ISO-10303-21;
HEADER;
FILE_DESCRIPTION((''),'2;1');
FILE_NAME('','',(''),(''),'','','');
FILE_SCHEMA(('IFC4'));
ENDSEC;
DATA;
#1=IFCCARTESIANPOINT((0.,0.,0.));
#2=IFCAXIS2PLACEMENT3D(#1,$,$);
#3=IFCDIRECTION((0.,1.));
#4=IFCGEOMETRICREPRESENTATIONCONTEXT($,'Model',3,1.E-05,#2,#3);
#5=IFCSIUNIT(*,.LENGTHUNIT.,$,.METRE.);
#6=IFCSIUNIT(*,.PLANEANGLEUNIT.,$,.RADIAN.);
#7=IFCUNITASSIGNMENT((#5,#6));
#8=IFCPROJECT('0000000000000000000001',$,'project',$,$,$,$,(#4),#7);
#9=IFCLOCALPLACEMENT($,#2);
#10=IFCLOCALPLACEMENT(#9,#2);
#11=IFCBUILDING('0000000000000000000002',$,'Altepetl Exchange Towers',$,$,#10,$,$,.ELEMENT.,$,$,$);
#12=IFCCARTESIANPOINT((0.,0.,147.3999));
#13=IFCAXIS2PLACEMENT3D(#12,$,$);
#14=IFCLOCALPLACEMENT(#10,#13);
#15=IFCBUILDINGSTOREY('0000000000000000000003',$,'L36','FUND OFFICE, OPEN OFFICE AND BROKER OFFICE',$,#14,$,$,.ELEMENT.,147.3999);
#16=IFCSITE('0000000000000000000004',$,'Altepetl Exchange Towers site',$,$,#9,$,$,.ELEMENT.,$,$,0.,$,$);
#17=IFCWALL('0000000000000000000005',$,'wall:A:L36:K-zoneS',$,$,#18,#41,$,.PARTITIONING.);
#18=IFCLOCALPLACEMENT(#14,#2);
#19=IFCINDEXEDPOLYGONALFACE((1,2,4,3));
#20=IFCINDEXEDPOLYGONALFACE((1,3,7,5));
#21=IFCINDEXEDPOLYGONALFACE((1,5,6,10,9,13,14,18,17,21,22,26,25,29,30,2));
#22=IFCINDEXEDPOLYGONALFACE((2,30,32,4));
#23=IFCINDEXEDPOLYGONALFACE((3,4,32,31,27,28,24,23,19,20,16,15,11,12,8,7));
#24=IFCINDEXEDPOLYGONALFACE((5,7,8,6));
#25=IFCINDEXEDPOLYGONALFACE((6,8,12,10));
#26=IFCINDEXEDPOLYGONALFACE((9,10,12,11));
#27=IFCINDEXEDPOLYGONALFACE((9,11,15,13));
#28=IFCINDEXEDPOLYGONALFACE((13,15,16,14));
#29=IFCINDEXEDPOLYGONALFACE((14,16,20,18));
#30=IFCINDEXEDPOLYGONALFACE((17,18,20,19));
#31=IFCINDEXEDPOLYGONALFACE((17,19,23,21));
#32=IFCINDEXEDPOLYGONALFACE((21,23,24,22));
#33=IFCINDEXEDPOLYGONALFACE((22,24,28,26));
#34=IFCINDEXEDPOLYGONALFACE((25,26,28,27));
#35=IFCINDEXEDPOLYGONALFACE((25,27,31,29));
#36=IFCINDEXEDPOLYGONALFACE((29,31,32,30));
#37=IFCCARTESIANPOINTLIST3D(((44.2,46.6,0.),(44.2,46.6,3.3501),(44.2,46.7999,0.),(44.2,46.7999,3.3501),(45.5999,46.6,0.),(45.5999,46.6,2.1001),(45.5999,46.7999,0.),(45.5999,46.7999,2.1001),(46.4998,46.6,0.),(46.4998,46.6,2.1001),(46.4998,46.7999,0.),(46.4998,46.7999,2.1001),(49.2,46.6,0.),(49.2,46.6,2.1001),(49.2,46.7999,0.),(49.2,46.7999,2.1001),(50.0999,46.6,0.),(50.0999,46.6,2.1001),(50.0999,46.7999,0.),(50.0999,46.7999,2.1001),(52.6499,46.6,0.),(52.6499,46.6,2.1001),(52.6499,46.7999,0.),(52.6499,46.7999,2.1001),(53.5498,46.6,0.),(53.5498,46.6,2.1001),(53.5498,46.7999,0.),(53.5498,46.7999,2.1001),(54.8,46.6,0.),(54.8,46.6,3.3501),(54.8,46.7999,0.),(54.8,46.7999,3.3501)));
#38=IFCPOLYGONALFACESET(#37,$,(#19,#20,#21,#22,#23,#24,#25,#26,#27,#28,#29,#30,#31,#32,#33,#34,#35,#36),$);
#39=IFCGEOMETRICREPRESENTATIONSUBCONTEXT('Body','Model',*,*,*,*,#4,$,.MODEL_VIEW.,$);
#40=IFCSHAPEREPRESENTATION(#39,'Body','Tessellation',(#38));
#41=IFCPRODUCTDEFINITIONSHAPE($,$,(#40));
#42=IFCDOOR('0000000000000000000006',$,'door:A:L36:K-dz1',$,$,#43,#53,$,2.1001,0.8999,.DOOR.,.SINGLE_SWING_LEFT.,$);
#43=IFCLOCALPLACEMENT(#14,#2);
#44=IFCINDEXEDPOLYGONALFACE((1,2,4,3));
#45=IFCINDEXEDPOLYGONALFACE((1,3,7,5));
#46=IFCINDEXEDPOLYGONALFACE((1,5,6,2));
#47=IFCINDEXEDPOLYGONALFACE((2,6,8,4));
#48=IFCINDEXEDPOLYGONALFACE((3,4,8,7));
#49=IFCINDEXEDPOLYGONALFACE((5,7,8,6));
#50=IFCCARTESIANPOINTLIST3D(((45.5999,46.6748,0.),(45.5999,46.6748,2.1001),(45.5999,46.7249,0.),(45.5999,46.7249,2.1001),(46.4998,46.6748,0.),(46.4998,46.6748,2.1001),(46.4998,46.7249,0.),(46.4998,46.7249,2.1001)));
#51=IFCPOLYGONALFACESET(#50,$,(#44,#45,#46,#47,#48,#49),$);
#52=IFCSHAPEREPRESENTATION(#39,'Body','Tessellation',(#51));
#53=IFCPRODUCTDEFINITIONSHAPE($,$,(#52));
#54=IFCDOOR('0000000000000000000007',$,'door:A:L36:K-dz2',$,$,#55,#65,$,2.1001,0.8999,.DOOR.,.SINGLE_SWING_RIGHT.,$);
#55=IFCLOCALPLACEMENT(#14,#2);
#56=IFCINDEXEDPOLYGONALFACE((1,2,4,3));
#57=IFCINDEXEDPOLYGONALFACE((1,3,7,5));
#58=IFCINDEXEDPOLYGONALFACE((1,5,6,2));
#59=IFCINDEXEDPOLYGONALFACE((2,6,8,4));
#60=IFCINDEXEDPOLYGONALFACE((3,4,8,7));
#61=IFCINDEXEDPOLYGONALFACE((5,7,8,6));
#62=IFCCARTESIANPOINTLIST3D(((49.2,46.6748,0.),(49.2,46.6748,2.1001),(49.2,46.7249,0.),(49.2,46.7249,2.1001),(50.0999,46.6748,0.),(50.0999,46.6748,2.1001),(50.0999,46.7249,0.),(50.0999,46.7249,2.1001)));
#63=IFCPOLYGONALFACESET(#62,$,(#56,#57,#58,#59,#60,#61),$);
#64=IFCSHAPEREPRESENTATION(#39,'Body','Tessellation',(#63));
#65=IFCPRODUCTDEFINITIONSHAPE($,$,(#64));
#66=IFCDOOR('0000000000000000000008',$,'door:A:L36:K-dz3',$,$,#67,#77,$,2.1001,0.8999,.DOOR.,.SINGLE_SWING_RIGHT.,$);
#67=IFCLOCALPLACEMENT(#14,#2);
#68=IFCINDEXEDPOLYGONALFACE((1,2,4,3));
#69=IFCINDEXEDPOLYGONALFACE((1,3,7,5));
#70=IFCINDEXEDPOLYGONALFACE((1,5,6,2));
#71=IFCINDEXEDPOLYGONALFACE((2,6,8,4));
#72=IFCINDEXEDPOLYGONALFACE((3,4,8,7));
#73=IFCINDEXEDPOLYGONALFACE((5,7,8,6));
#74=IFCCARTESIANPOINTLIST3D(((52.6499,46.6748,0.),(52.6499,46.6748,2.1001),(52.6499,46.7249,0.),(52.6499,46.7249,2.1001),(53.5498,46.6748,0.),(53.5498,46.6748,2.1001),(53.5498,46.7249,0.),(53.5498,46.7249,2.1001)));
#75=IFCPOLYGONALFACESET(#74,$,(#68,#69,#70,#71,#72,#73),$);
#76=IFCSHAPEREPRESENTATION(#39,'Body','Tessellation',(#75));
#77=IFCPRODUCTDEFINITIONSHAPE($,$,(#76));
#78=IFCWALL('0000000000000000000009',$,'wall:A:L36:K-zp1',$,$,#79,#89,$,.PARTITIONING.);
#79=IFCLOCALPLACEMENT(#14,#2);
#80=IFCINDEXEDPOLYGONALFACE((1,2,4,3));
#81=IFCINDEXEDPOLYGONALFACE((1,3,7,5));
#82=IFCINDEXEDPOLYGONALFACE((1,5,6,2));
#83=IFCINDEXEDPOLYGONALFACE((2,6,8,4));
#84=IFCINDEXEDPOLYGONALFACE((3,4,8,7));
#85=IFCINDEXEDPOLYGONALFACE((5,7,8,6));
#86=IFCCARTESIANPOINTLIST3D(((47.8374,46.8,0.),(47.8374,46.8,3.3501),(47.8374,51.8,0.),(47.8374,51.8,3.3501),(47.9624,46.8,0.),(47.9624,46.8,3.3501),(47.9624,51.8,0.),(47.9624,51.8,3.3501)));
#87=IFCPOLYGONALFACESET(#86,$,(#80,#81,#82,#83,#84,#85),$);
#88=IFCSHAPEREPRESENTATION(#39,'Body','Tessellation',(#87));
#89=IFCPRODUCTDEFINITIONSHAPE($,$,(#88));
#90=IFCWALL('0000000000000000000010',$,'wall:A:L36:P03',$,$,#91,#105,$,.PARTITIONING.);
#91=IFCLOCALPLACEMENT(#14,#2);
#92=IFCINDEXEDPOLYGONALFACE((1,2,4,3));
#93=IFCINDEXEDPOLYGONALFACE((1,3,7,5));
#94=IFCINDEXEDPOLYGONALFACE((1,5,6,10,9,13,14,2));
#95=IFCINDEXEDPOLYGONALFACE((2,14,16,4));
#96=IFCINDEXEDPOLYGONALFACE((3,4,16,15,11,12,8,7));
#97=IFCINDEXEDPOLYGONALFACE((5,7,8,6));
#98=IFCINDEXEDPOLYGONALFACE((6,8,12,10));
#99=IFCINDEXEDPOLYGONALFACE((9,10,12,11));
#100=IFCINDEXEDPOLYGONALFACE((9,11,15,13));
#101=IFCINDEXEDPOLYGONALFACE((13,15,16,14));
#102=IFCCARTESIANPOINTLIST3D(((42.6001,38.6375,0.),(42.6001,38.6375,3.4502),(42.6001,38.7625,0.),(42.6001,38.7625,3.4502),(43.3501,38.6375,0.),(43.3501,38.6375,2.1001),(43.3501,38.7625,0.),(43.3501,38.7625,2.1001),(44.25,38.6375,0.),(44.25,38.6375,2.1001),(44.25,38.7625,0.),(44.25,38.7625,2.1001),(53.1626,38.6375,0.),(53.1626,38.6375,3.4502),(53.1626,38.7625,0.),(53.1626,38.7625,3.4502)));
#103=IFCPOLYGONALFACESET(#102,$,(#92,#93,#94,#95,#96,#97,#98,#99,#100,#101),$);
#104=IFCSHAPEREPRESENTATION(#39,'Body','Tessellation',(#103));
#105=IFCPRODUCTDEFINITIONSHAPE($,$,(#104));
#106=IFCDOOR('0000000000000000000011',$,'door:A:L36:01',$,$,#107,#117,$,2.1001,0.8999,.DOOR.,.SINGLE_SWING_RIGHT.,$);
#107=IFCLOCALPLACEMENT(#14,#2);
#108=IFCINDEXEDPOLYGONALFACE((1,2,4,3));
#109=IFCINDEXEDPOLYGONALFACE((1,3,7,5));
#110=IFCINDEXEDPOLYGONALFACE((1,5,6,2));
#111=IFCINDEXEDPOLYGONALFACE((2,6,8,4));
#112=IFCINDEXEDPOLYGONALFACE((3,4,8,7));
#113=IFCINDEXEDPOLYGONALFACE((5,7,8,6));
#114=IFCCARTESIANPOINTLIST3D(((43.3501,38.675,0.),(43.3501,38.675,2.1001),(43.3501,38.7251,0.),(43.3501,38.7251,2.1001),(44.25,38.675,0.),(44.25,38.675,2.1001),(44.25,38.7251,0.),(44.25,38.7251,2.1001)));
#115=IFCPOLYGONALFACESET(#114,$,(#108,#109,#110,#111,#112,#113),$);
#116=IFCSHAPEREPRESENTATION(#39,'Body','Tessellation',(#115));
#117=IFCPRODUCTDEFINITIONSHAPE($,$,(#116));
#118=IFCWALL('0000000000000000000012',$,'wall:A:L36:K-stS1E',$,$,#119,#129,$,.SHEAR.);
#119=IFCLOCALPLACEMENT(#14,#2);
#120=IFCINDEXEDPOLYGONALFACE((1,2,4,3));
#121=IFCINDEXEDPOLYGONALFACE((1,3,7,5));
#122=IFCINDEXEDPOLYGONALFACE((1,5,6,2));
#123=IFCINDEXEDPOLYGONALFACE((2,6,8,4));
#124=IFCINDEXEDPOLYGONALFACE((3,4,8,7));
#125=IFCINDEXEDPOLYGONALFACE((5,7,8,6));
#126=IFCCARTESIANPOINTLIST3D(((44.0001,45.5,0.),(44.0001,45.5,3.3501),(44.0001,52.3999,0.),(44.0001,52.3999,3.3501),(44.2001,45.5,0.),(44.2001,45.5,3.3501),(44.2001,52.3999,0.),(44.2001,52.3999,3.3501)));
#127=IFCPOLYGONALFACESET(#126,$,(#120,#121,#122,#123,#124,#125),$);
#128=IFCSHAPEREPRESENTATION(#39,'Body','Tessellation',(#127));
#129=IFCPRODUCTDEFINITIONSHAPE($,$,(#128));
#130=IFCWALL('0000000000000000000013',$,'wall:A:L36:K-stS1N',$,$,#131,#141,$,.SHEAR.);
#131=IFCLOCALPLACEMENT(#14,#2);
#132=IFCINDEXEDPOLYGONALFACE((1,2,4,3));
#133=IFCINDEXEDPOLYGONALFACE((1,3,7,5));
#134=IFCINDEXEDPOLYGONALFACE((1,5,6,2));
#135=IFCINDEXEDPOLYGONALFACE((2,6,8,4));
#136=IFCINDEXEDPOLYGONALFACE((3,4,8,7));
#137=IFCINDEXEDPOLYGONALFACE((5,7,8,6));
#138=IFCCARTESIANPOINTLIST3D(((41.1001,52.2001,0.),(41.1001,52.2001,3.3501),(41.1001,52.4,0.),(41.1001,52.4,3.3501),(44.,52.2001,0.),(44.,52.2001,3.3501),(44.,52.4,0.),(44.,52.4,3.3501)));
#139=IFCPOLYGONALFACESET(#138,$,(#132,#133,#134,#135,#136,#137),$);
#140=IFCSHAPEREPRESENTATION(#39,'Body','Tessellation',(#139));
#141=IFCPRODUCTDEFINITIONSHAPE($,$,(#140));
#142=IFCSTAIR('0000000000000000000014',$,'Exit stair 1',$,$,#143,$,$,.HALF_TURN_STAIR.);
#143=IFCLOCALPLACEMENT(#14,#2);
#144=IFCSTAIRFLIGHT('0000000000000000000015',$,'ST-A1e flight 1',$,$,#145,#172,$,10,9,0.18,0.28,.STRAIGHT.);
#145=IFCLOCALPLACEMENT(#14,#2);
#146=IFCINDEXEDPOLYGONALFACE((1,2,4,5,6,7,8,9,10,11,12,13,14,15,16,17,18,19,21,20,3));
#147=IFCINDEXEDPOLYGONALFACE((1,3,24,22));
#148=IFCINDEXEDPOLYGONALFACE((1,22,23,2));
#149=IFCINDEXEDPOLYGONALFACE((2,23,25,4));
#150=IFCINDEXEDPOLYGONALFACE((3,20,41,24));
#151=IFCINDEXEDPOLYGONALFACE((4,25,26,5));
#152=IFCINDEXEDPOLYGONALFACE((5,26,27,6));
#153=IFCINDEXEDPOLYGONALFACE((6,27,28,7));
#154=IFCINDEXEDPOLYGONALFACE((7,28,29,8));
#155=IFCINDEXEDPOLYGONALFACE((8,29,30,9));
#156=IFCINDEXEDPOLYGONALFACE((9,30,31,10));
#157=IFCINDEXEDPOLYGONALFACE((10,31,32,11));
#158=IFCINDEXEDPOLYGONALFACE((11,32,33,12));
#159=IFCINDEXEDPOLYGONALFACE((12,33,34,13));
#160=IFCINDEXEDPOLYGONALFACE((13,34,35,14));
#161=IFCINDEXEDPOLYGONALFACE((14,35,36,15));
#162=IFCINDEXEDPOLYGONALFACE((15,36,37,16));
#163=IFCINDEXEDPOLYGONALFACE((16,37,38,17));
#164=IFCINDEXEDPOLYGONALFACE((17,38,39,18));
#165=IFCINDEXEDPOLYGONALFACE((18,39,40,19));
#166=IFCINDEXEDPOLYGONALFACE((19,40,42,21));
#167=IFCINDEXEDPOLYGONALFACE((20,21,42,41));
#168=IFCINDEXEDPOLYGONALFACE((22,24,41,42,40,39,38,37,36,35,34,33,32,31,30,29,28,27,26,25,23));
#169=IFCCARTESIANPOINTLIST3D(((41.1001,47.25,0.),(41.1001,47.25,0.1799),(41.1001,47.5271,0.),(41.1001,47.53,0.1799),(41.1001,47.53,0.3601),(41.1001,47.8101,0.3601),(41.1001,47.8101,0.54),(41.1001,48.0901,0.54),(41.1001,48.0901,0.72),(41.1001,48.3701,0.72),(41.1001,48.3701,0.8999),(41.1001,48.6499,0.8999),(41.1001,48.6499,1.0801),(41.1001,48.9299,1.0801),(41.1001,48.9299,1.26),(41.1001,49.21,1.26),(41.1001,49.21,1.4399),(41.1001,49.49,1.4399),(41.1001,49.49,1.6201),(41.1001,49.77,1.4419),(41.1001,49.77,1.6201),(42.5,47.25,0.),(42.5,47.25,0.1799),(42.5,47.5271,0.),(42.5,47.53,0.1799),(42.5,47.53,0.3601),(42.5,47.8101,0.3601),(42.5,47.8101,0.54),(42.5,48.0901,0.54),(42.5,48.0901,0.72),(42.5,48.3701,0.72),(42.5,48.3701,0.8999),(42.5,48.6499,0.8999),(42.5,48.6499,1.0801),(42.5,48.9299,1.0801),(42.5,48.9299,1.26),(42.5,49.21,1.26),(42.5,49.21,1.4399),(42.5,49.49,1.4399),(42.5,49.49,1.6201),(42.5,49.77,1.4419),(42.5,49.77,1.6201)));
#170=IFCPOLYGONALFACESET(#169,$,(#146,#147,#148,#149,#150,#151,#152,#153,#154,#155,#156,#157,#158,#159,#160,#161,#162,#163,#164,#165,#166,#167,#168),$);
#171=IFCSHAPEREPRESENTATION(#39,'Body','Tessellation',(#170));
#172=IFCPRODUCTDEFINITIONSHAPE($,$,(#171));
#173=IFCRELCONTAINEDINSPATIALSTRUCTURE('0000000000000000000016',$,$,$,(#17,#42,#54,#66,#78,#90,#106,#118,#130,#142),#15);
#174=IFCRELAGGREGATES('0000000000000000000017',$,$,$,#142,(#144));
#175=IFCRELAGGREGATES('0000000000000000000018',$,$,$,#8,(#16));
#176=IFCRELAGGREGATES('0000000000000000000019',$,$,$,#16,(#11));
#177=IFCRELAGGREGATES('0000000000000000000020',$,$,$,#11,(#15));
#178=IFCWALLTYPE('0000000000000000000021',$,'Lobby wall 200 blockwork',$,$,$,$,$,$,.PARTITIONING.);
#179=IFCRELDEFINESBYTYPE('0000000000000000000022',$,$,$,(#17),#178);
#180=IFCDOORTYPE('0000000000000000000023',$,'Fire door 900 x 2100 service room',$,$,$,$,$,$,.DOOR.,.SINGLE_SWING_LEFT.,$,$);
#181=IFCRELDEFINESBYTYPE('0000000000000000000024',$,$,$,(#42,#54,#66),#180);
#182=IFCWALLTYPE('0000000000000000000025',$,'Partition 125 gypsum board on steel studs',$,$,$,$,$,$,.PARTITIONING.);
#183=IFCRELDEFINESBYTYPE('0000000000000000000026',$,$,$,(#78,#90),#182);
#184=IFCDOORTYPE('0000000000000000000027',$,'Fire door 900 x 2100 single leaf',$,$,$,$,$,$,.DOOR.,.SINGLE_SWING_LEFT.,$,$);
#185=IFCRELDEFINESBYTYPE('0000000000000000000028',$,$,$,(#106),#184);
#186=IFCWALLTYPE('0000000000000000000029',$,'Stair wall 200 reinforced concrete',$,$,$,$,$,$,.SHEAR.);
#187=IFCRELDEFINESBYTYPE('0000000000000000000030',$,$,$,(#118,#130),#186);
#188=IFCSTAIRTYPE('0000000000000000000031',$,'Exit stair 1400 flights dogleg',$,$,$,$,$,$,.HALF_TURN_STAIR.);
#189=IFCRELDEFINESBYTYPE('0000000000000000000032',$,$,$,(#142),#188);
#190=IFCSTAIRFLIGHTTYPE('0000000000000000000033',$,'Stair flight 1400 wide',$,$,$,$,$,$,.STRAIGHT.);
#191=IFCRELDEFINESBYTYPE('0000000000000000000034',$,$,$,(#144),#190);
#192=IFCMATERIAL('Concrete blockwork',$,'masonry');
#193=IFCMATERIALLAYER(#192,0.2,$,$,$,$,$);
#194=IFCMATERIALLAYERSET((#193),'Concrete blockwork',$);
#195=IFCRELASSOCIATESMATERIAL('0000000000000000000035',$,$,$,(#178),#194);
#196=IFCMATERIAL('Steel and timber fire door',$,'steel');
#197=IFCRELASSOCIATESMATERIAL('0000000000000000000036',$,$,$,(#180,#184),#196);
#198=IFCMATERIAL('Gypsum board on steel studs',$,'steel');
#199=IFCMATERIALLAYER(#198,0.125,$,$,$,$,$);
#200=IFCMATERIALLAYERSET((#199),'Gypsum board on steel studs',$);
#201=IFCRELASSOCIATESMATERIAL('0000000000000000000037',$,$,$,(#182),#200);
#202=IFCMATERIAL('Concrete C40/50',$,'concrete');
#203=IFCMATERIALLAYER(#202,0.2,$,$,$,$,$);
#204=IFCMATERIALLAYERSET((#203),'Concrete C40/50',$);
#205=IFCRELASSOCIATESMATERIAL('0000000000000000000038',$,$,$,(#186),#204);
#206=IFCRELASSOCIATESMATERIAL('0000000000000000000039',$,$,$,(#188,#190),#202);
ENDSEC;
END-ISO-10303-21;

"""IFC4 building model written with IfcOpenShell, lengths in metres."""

from ifc_helpers import new_model, si_unit, direction, frame, frame_2d, origin, place, context, subcontext, project, spatial, polyline, rectangle, outline, extrude, material, layer, layer_set, type_object, element, fill, aggregate, save


model = new_model("IFC4")

# Units and contexts
model_context = context("Model", 3, precision=1e-05, world=origin(), true_north=direction((0.0, 1.0)))
body_context = subcontext(model_context, "Body", "Model", "MODEL_VIEW")
ifc_project = project(units=[si_unit("LENGTHUNIT", "METRE"), si_unit("PLANEANGLEUNIT", "RADIAN")], contexts=[model_context])

# Site, building, storey
site_placement = place(None, origin())
site = spatial("IfcSite", under=ifc_project, at=site_placement, Name="Altepetl Exchange Towers site", CompositionType="ELEMENT", RefElevation=0.0)
building_placement = place(site_placement, origin())
building = spatial("IfcBuilding", under=site, at=building_placement, Name="Altepetl Exchange Towers", CompositionType="ELEMENT")
storey_placement = place(building_placement, frame((0.0, 0.0, 147.3999)))
storey = spatial("IfcBuildingStorey", under=building, at=storey_placement, Name="L36", Description="FUND OFFICE, OPEN OFFICE AND BROKER OFFICE", CompositionType="ELEMENT", Elevation=147.3999)

# Shared definitions
ifc_material_1 = material(Name="Concrete blockwork", Category="masonry")
ifc_layer_1 = layer(ifc_material_1, 0.2)
ifc_layer_set_1 = layer_set([ifc_layer_1], Name="Concrete blockwork")
wall_type_1 = type_object("IfcWallType", Name="Lobby wall 200 blockwork", PredefinedType="PARTITIONING", material=ifc_layer_set_1)

# Shared definitions
ifc_material_2 = material(Name="Steel and timber fire door", Category="steel")
door_type_1 = type_object("IfcDoorType", Name="Fire door 900 x 2100 service room", OperationType="SINGLE_SWING_LEFT", PredefinedType="DOOR", material=ifc_material_2)

# Wall, openings, doors
wall_1_placement = place(storey_placement, frame((44.2, 46.7, 0.0)))
wall_1 = element("IfcWall", 1, at=wall_1_placement, inside=storey, type_object=wall_type_1, Name="wall:A:L36:K-zoneS", PredefinedType="PARTITIONING", context=body_context, shape_type="SweptSolid", body=[
    extrude(rectangle(XDim=10.6001, YDim=0.2, at=frame_2d((5.3, 0.0))), origin(), (0.0, 0.0, 1.0), 3.3501),
])
opening_1_placement = place(wall_1_placement, frame((1.3999, 0.0, 0.0)))
opening_1 = element("IfcOpeningElement", 2, at=opening_1_placement, cuts=wall_1, PredefinedType="OPENING", context=body_context, shape_type="SweptSolid", body=[
    extrude(rectangle(XDim=0.8999, YDim=2.1001, at=frame_2d((0.45, 1.05))), frame((0.0, 0.1099, 0.0), z_axis=(0.0, -1.0, 0.0), x_axis=(1.0, 0.0, 0.0)), (0.0, 0.0, 1.0), 0.22),
])
opening_2_placement = place(wall_1_placement, frame((5.0, 0.0, 0.0)))
opening_2 = element("IfcOpeningElement", 3, at=opening_2_placement, cuts=wall_1, PredefinedType="OPENING", context=body_context, shape_type="SweptSolid", body=[
    extrude(rectangle(XDim=0.8999, YDim=2.1001, at=frame_2d((0.45, 1.05))), frame((0.0, 0.1099, 0.0), z_axis=(0.0, -1.0, 0.0), x_axis=(1.0, 0.0, 0.0)), (0.0, 0.0, 1.0), 0.22),
])
opening_3_placement = place(wall_1_placement, frame((8.45, 0.0, 0.0)))
opening_3 = element("IfcOpeningElement", 4, at=opening_3_placement, cuts=wall_1, PredefinedType="OPENING", context=body_context, shape_type="SweptSolid", body=[
    extrude(rectangle(XDim=0.8999, YDim=2.1001, at=frame_2d((0.45, 1.05))), frame((0.0, 0.1099, 0.0), z_axis=(0.0, -1.0, 0.0), x_axis=(1.0, 0.0, 0.0)), (0.0, 0.0, 1.0), 0.22),
])
door_1_placement = place(opening_1_placement, origin())
door_1 = element("IfcDoor", 5, at=door_1_placement, inside=storey, type_object=door_type_1, Name="door:A:L36:K-dz1", OperationType="SINGLE_SWING_LEFT", OverallHeight=2.1001, OverallWidth=0.8999, PredefinedType="DOOR", context=body_context, shape_type="SweptSolid", body=[
    extrude(rectangle(XDim=0.8999, YDim=2.1001, at=frame_2d((0.45, 1.05))), frame((0.0, 0.0249, 0.0), z_axis=(0.0, -1.0, 0.0), x_axis=(1.0, 0.0, 0.0)), (0.0, 0.0, 1.0), 0.05),
])
fill(opening_1, door_1)
door_2_placement = place(opening_2_placement, origin())
door_2 = element("IfcDoor", 6, at=door_2_placement, inside=storey, type_object=door_type_1, Name="door:A:L36:K-dz2", OperationType="SINGLE_SWING_RIGHT", OverallHeight=2.1001, OverallWidth=0.8999, PredefinedType="DOOR", context=body_context, shape_type="SweptSolid", body=[
    extrude(rectangle(XDim=0.8999, YDim=2.1001, at=frame_2d((0.45, 1.05))), frame((0.0, 0.0249, 0.0), z_axis=(0.0, -1.0, 0.0), x_axis=(1.0, 0.0, 0.0)), (0.0, 0.0, 1.0), 0.05),
])
fill(opening_2, door_2)
door_3_placement = place(opening_3_placement, origin())
door_3 = element("IfcDoor", 7, at=door_3_placement, inside=storey, type_object=door_type_1, Name="door:A:L36:K-dz3", OperationType="SINGLE_SWING_RIGHT", OverallHeight=2.1001, OverallWidth=0.8999, PredefinedType="DOOR", context=body_context, shape_type="SweptSolid", body=[
    extrude(rectangle(XDim=0.8999, YDim=2.1001, at=frame_2d((0.45, 1.05))), frame((0.0, 0.0249, 0.0), z_axis=(0.0, -1.0, 0.0), x_axis=(1.0, 0.0, 0.0)), (0.0, 0.0, 1.0), 0.05),
])
fill(opening_3, door_3)

# Wall
ifc_material_3 = material(Name="Gypsum board on steel studs", Category="steel")
ifc_layer_2 = layer(ifc_material_3, 0.125)
ifc_layer_set_2 = layer_set([ifc_layer_2], Name="Gypsum board on steel studs")
wall_type_2 = type_object("IfcWallType", Name="Partition 125 gypsum board on steel studs", PredefinedType="PARTITIONING", material=ifc_layer_set_2)
wall_2_placement = place(storey_placement, frame((47.8999, 46.8, 0.0), z_axis=(0.0, 0.0, 1.0), x_axis=(0.0, 1.0, 0.0)))
element("IfcWall", 8, at=wall_2_placement, inside=storey, type_object=wall_type_2, Name="wall:A:L36:K-zp1", PredefinedType="PARTITIONING", context=body_context, shape_type="SweptSolid", body=[
    extrude(rectangle(XDim=5.0, YDim=0.125, at=frame_2d((2.5, 0.0))), origin(), (0.0, 0.0, 1.0), 3.3501),
])

# Wall, opening, door
wall_3_placement = place(storey_placement, frame((42.6001, 38.7, 0.0)))
wall_3 = element("IfcWall", 9, at=wall_3_placement, inside=storey, type_object=wall_type_2, Name="wall:A:L36:P03", PredefinedType="PARTITIONING", context=body_context, shape_type="SweptSolid", body=[
    extrude(rectangle(XDim=10.5625, YDim=0.125, at=frame_2d((5.2812, 0.0))), origin(), (0.0, 0.0, 1.0), 3.4502),
])
opening_4_placement = place(wall_3_placement, frame((0.75, 0.0, 0.0)))
opening_4 = element("IfcOpeningElement", 10, at=opening_4_placement, cuts=wall_3, PredefinedType="OPENING", context=body_context, shape_type="SweptSolid", body=[
    extrude(rectangle(XDim=0.8999, YDim=2.1001, at=frame_2d((0.45, 1.05))), frame((0.0, 0.0725, 0.0), z_axis=(0.0, -1.0, 0.0), x_axis=(1.0, 0.0, 0.0)), (0.0, 0.0, 1.0), 0.145),
])
door_type_2 = type_object("IfcDoorType", Name="Fire door 900 x 2100 single leaf", OperationType="SINGLE_SWING_LEFT", PredefinedType="DOOR", material=ifc_material_2)
door_4_placement = place(opening_4_placement, frame((0.8999, 0.0, 0.0), x_axis=(-1.0, 0.0, 0.0)))
door_4 = element("IfcDoor", 11, at=door_4_placement, inside=storey, type_object=door_type_2, Name="door:A:L36:01", OperationType="SINGLE_SWING_RIGHT", OverallHeight=2.1001, OverallWidth=0.8999, PredefinedType="DOOR", context=body_context, shape_type="SweptSolid", body=[
    extrude(rectangle(XDim=0.8999, YDim=2.1001, at=frame_2d((0.45, 1.05))), frame((0.0, 0.0249, 0.0), z_axis=(0.0, -1.0, 0.0), x_axis=(1.0, 0.0, 0.0)), (0.0, 0.0, 1.0), 0.05),
])
fill(opening_4, door_4)

# Walls
ifc_material_4 = material(Name="Concrete C40/50", Category="concrete")
ifc_layer_3 = layer(ifc_material_4, 0.2)
ifc_layer_set_3 = layer_set([ifc_layer_3], Name="Concrete C40/50")
wall_type_3 = type_object("IfcWallType", Name="Stair wall 200 reinforced concrete", PredefinedType="SHEAR", material=ifc_layer_set_3)
wall_4_placement = place(storey_placement, frame((44.1001, 45.5, 0.0), z_axis=(0.0, 0.0, 1.0), x_axis=(0.0, 1.0, 0.0)))
element("IfcWall", 12, at=wall_4_placement, inside=storey, type_object=wall_type_3, Name="wall:A:L36:K-stS1E", PredefinedType="SHEAR", context=body_context, shape_type="SweptSolid", body=[
    extrude(rectangle(XDim=6.8999, YDim=0.2, at=frame_2d((3.45, 0.0))), origin(), (0.0, 0.0, 1.0), 3.3501),
])
wall_5_placement = place(storey_placement, frame((41.1001, 52.3, 0.0)))
element("IfcWall", 13, at=wall_5_placement, inside=storey, type_object=wall_type_3, Name="wall:A:L36:K-stS1N", PredefinedType="SHEAR", context=body_context, shape_type="SweptSolid", body=[
    extrude(rectangle(XDim=2.8999, YDim=0.2, at=frame_2d((1.45, 0.0))), origin(), (0.0, 0.0, 1.0), 3.3501),
])

# Stair, stair flight
stair_type = type_object("IfcStairType", Name="Exit stair 1400 flights dogleg", PredefinedType="HALF_TURN_STAIR", material=ifc_material_4)
stair_placement = place(storey_placement, origin())
stair = element("IfcStair", 14, at=stair_placement, inside=storey, type_object=stair_type, Name="Exit stair 1", PredefinedType="HALF_TURN_STAIR")
stair_flight_type = type_object("IfcStairFlightType", Name="Stair flight 1400 wide", PredefinedType="STRAIGHT", material=ifc_material_4)
stair_flight_1_placement = place(storey_placement, frame((41.8, 47.25, 0.0), z_axis=(0.0, 0.0, 1.0), x_axis=(0.0, 1.0, 0.0)))
stair_flight_1 = element("IfcStairFlight", 15, at=stair_flight_1_placement, type_object=stair_flight_type, Name="ST-A1e flight 1", NumberOfRisers=10, NumberOfTreads=9, PredefinedType="STRAIGHT", RiserHeight=0.18, TreadLength=0.28, context=body_context, shape_type="SweptSolid", body=[
    extrude(outline(polyline([(0.0, 0.0), (0.0, 0.1799), (0.28, 0.1799), (0.28, 0.3601), (0.5601, 0.3601), (0.5601, 0.54), (0.8401, 0.54), (0.8401, 0.72), (1.1201, 0.72), (1.1201, 0.8999), (1.3999, 0.8999), (1.3999, 1.0801), (1.6799, 1.0801), (1.6799, 1.26), (1.96, 1.26), (1.96, 1.4399), (2.24, 1.4399), (2.24, 1.6201), (2.52, 1.6201), (2.52, 1.8), (2.52, 1.4419), (0.2771, 0.0), (0.0, 0.0)])), frame((0.0, 0.7, 0.0), z_axis=(0.0, -1.0, 0.0), x_axis=(1.0, 0.0, 0.0)), (0.0, 0.0, 1.0), 1.3999),
])
aggregate(stair, [stair_flight_1])

save(model, "model.ifc")
